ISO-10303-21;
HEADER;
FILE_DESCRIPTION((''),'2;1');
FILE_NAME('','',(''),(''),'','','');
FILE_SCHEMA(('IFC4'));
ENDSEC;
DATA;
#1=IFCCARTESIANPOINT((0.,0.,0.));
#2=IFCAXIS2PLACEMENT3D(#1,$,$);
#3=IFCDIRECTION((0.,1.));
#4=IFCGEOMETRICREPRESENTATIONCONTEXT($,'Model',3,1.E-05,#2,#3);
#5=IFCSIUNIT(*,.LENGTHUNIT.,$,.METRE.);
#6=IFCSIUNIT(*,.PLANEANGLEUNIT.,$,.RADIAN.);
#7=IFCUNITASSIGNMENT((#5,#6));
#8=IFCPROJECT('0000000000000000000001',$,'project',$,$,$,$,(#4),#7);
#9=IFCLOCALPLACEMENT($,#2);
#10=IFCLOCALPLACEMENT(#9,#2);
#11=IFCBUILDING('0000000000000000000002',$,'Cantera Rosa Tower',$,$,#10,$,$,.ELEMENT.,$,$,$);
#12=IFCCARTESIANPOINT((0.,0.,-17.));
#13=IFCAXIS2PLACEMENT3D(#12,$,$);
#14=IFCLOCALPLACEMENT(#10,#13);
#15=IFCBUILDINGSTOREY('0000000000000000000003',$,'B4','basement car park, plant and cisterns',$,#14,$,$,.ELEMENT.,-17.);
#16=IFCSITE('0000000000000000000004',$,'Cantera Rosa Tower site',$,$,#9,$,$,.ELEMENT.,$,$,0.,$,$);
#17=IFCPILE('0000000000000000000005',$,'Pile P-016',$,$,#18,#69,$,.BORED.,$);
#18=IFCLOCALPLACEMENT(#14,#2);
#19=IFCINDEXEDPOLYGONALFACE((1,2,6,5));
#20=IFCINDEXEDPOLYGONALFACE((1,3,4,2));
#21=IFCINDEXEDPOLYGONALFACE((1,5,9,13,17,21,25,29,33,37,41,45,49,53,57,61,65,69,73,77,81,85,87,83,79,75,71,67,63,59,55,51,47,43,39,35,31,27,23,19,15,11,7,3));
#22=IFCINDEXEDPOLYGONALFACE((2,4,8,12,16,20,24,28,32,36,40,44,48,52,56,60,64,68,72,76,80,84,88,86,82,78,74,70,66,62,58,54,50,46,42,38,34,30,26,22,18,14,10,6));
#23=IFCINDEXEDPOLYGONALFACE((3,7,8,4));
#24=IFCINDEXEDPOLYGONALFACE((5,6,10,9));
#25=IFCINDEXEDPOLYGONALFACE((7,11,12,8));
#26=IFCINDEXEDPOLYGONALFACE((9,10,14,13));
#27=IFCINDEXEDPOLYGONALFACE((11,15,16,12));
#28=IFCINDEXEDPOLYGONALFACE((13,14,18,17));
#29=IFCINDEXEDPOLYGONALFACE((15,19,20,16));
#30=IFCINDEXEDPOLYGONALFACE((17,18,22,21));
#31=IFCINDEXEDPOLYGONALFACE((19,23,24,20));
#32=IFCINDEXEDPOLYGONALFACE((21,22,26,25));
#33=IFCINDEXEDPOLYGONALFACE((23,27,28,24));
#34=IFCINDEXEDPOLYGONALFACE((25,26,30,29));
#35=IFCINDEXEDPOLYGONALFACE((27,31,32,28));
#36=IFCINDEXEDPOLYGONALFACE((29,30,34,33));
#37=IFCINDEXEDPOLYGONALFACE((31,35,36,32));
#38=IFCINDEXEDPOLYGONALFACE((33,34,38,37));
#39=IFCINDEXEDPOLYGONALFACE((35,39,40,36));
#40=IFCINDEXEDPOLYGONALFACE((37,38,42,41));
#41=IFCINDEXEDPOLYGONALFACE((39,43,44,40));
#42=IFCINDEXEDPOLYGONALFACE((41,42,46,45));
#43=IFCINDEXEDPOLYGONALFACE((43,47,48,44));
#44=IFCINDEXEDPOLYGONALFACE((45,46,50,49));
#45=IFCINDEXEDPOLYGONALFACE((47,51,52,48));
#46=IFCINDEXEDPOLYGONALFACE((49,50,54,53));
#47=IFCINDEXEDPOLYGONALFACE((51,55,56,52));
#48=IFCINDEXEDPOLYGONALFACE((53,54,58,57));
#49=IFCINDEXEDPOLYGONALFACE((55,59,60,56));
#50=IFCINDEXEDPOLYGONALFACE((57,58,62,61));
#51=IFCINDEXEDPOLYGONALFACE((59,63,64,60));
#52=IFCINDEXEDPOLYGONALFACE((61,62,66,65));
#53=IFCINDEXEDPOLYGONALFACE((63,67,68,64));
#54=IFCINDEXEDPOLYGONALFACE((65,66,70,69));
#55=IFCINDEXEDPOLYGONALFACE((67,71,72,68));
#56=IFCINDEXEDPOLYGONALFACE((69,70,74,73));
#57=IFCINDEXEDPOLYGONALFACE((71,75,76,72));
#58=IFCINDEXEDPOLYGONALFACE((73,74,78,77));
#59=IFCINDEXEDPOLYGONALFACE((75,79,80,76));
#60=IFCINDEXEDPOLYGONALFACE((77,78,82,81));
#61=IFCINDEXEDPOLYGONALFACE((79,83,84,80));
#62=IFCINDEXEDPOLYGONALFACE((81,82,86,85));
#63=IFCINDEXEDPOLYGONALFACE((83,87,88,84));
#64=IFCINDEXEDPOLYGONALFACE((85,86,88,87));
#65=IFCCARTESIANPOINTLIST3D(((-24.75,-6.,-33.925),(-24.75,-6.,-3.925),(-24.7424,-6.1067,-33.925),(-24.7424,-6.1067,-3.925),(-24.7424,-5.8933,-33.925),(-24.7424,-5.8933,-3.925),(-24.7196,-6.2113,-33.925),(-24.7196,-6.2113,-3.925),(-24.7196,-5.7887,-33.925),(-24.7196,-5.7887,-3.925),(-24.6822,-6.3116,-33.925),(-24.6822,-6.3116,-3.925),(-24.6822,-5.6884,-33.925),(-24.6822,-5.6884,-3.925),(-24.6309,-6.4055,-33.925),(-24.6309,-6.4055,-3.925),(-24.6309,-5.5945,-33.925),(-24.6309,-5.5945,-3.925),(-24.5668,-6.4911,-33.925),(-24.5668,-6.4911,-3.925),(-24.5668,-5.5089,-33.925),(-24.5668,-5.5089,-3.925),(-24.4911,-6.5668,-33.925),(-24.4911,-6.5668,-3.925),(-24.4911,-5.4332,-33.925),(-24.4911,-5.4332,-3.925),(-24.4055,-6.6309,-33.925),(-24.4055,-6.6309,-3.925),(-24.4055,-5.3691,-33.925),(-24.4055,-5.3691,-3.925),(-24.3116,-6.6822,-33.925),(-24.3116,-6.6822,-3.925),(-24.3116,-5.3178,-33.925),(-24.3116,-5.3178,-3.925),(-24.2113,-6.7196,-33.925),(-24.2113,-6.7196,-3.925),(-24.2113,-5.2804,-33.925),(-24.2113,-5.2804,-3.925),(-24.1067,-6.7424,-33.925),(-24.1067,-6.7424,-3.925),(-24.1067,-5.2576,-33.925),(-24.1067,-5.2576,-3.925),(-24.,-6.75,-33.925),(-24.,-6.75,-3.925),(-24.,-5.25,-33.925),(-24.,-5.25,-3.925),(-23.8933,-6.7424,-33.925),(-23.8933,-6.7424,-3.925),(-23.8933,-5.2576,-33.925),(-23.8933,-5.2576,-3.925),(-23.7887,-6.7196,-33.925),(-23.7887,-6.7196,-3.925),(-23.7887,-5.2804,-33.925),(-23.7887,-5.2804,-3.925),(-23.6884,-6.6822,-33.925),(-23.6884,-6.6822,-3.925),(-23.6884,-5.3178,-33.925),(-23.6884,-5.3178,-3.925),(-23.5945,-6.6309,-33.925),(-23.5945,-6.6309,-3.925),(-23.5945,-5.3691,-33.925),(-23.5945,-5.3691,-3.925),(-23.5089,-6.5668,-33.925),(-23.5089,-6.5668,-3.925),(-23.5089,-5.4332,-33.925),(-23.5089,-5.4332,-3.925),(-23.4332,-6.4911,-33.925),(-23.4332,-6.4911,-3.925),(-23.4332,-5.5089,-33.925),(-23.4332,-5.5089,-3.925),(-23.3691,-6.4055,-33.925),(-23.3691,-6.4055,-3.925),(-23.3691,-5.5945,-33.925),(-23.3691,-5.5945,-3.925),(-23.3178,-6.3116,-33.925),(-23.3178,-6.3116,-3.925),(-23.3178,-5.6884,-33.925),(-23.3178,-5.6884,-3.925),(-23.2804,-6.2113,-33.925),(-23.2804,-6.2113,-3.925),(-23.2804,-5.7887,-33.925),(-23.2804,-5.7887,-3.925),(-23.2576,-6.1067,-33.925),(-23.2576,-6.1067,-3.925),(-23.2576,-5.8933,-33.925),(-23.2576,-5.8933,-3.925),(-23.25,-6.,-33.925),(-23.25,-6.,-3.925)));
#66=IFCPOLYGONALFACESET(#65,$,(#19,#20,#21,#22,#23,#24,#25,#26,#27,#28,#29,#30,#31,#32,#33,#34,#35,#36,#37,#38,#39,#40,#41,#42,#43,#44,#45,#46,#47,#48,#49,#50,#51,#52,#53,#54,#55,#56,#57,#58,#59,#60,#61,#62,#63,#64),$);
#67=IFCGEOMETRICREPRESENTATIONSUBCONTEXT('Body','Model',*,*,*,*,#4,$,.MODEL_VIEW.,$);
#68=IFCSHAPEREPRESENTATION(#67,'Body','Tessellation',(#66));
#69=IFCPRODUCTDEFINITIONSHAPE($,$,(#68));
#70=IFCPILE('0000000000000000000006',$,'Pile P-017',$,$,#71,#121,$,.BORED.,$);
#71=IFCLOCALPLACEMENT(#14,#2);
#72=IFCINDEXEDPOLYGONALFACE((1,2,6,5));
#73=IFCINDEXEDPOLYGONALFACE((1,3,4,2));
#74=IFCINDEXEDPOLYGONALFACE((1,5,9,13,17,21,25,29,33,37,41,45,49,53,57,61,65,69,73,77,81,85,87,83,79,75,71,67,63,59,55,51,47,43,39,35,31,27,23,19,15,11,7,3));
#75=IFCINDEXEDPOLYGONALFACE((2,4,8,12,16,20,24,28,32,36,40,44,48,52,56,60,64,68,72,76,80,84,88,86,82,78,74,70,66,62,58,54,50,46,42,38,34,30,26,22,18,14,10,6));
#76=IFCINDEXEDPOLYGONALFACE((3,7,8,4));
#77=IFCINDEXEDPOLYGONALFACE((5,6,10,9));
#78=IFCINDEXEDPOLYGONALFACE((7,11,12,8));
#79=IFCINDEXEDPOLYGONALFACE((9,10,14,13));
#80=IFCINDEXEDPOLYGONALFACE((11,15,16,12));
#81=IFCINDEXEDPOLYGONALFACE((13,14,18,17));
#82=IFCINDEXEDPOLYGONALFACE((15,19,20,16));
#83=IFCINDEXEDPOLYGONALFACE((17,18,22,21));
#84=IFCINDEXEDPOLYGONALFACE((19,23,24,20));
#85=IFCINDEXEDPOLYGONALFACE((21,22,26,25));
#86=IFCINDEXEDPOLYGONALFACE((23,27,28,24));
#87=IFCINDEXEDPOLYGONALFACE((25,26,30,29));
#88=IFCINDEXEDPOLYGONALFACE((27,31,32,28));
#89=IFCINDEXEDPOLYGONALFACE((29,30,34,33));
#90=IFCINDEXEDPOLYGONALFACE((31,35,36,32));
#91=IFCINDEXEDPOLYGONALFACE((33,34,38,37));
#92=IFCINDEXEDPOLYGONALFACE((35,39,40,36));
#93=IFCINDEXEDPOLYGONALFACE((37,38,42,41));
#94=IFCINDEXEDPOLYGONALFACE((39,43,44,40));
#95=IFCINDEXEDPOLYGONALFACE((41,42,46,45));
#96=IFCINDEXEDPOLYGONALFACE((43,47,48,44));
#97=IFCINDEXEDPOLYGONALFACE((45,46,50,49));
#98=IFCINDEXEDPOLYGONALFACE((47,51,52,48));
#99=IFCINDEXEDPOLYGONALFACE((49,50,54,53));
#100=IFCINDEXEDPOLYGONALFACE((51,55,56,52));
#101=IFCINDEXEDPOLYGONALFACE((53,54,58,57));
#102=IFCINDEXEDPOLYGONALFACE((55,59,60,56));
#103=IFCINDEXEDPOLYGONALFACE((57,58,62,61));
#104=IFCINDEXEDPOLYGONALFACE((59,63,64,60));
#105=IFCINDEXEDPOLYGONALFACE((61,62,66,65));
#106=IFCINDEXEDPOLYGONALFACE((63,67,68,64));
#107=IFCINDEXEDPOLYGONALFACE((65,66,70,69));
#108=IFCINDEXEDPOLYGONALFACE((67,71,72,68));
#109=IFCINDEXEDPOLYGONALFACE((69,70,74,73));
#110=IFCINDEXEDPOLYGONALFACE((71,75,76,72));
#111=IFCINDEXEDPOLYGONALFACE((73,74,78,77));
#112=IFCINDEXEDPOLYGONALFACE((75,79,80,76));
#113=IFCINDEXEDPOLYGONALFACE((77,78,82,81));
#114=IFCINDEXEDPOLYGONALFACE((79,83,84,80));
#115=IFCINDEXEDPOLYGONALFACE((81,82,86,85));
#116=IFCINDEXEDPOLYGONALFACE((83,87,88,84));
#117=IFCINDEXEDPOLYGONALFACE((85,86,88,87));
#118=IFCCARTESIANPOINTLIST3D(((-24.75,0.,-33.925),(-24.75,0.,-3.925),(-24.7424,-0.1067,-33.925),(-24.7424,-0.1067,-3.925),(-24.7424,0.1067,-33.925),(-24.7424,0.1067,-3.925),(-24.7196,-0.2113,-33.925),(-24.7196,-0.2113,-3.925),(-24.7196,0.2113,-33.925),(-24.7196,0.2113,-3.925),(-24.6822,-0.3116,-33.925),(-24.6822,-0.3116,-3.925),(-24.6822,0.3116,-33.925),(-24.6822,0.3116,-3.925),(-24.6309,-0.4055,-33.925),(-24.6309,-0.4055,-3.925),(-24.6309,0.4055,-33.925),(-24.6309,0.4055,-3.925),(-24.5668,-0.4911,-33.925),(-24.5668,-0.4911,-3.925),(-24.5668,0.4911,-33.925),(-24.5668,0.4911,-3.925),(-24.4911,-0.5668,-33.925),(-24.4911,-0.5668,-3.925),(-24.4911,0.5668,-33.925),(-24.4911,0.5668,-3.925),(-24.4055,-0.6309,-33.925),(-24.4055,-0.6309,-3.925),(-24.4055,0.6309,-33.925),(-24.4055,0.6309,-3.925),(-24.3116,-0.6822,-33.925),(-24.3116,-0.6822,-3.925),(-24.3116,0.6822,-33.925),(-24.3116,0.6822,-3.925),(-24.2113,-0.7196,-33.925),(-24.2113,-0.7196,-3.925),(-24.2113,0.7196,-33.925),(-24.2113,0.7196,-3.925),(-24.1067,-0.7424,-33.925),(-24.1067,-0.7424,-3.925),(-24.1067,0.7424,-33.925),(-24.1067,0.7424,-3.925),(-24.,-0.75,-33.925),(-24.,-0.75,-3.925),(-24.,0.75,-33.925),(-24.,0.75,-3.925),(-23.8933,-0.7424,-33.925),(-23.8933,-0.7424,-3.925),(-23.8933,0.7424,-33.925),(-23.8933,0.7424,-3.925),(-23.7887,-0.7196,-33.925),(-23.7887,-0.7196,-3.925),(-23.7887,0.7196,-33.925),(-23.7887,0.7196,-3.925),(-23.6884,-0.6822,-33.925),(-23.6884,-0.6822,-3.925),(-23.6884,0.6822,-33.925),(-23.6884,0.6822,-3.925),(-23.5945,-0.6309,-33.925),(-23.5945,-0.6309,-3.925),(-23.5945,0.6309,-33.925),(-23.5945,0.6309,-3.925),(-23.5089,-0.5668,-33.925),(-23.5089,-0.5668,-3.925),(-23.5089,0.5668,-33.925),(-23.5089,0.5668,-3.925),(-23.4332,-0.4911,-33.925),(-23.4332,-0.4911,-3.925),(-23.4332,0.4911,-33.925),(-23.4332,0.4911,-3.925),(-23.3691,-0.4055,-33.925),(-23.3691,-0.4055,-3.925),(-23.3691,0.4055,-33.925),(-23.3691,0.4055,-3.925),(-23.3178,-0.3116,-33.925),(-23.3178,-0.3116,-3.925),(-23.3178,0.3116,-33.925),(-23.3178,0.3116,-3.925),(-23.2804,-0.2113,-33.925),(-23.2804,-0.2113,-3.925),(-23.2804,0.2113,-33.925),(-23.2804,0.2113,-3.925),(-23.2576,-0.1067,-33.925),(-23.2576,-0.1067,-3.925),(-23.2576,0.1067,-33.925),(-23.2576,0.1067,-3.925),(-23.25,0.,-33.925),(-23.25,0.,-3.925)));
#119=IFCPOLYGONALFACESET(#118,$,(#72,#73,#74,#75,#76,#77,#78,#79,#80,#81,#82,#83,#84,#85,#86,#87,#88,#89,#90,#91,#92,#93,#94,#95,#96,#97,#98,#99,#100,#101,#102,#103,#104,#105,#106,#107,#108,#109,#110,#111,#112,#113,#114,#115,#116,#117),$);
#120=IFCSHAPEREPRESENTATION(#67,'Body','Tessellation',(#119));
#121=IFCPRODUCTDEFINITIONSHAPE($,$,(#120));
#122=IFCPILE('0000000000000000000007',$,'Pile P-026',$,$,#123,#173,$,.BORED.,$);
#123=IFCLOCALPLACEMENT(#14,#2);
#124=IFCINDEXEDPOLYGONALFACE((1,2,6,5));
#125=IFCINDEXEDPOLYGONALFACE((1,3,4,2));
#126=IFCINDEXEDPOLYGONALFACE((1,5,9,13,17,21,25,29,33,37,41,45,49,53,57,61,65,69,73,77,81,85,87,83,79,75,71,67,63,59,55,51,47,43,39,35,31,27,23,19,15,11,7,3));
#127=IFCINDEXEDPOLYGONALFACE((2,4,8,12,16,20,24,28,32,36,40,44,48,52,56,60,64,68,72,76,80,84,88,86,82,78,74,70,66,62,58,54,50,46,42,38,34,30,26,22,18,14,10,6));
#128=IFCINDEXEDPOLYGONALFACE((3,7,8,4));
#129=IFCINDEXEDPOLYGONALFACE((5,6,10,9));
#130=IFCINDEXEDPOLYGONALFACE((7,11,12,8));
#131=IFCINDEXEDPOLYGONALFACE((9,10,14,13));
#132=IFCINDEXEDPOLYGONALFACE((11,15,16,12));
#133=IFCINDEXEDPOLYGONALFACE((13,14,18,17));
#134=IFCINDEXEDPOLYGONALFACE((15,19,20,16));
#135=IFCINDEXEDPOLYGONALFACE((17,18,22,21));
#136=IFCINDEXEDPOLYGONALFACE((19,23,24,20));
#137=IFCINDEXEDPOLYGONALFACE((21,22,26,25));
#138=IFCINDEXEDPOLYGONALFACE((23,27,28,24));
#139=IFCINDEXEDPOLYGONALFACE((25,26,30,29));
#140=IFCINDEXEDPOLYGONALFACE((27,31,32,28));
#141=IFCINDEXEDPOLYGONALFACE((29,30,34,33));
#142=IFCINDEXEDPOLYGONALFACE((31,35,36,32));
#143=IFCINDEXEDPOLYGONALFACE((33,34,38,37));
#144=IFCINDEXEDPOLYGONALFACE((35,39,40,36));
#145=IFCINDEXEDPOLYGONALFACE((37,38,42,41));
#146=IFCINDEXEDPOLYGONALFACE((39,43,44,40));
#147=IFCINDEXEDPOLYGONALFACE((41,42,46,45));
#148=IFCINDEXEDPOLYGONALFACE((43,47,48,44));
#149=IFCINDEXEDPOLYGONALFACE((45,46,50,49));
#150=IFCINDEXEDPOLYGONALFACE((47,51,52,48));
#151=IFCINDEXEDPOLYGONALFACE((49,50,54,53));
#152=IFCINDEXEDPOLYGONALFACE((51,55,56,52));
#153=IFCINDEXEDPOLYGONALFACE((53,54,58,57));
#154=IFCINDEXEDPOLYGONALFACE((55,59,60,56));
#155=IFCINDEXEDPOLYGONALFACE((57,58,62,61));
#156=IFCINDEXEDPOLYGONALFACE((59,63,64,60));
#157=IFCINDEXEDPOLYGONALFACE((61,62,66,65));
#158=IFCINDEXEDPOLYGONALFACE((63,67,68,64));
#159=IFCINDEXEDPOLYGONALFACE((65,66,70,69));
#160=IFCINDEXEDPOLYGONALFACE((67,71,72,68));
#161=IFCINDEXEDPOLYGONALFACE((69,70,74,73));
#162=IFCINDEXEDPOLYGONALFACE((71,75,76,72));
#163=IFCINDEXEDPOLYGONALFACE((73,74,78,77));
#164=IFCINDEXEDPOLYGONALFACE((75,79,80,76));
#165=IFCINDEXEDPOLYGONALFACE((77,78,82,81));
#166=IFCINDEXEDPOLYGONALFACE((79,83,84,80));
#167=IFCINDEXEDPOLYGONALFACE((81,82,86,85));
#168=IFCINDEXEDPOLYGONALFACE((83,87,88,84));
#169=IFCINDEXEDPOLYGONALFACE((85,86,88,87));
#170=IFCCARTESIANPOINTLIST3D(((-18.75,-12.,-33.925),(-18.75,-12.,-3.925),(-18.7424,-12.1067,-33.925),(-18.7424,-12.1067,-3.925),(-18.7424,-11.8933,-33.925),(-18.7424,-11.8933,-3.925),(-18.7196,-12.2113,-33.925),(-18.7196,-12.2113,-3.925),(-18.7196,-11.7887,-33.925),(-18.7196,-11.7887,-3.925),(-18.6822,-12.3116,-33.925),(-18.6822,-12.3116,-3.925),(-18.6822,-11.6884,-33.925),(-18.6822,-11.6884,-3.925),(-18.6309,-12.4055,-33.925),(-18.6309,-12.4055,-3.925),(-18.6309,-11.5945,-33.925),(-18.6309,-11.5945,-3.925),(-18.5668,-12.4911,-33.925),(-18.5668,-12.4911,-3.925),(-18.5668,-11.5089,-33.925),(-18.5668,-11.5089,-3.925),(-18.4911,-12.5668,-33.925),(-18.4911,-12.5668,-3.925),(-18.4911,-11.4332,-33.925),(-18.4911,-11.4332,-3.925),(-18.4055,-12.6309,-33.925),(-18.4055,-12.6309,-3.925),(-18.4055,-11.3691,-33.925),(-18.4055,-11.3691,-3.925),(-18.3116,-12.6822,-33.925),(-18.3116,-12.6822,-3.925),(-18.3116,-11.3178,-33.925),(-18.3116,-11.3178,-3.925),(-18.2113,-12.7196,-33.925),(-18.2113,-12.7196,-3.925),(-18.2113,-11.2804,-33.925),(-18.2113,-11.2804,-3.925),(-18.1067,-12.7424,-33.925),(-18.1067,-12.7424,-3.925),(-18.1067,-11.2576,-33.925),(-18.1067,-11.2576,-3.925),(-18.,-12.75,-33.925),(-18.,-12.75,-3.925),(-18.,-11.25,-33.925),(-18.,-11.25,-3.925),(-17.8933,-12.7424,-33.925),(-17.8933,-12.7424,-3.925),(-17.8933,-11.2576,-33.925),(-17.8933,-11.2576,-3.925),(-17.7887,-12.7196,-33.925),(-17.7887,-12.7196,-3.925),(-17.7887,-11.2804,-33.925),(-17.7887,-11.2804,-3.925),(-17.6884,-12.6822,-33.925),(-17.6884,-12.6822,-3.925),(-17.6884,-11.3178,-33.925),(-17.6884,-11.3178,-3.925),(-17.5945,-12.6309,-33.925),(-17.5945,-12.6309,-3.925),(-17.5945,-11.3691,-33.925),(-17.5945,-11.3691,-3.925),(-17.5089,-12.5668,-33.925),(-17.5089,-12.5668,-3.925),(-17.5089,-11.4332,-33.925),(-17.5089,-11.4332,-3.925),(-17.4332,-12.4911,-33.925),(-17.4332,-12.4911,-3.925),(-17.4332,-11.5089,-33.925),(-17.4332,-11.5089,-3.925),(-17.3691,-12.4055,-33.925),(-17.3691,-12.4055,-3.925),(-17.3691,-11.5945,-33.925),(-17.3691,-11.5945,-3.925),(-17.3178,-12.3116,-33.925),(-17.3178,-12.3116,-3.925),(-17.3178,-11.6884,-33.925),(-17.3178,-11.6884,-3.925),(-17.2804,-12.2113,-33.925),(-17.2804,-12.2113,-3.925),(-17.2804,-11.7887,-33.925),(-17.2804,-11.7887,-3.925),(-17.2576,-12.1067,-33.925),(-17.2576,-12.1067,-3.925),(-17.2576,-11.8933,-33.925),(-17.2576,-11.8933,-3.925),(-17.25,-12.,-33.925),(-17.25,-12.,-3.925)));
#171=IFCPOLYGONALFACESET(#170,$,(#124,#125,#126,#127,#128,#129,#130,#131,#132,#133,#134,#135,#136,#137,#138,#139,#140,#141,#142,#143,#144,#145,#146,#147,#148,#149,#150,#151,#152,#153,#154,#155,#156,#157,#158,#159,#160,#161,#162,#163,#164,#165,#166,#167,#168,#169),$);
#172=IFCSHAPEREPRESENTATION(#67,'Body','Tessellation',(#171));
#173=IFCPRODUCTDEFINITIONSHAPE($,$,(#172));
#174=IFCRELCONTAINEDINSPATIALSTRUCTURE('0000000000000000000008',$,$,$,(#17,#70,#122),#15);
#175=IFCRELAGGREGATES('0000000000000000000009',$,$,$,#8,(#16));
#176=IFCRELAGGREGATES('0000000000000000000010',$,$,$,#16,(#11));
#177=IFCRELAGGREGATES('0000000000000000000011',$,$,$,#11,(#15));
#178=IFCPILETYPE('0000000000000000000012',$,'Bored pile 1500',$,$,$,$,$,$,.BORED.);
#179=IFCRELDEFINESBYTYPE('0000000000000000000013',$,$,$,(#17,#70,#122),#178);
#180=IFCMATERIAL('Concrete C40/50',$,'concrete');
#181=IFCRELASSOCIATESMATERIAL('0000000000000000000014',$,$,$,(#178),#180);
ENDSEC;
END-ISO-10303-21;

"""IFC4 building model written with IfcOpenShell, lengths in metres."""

from ifc_helpers import new_model, si_unit, direction, frame, origin, origin_2d, place, context, subcontext, project, spatial, circle, extrude, material, material_profile, profile_set, type_object, element, save


model = new_model("IFC4")

# Units and contexts
model_context = context("Model", 3, precision=1e-05, world=origin(), true_north=direction((0.0, 1.0)))
body_context = subcontext(model_context, "Body", "Model", "MODEL_VIEW")
ifc_project = project(units=[si_unit("LENGTHUNIT", "METRE"), si_unit("PLANEANGLEUNIT", "RADIAN")], contexts=[model_context])

# Site, building, storey
site_placement = place(None, origin())
site = spatial("IfcSite", under=ifc_project, at=site_placement, Name="Cantera Rosa Tower site", CompositionType="ELEMENT", RefElevation=0.0)
building_placement = place(site_placement, origin())
building = spatial("IfcBuilding", under=site, at=building_placement, Name="Cantera Rosa Tower", CompositionType="ELEMENT")
storey_placement = place(building_placement, frame((0.0, 0.0, -17.0)))
storey = spatial("IfcBuildingStorey", under=building, at=storey_placement, Name="B4", Description="basement car park, plant and cisterns", CompositionType="ELEMENT", Elevation=-17.0)

# Piles
ifc_material_1 = material(Name="Concrete C40/50", Category="concrete")
ifc_material_profile_1 = material_profile(ifc_material_1, circle(Radius=0.75, at=origin_2d()), Name="Bored pile 1500")
ifc_profile_set_1 = profile_set([ifc_material_profile_1], Name="Concrete C40/50")
pile_type = type_object("IfcPileType", Name="Bored pile 1500", PredefinedType="BORED", material=ifc_profile_set_1)
for number, where, z_axis, x_axis, name in (
    (1, (-24.0, -6.0, -3.925), (0.0, 0.0, -1.0), (1.0, 0.0, 0.0), "Pile P-016"),
    (2, (-24.0, 0.0, -3.925), (0.0, 0.0, -1.0), (1.0, 0.0, 0.0), "Pile P-017"),
    (3, (-18.0, -12.0, -3.925), (0.0, 0.0, -1.0), (1.0, 0.0, 0.0), "Pile P-026"),
):
    element("IfcPile", number, at=place(storey_placement, frame(where, z_axis=z_axis, x_axis=x_axis)), inside=storey, type_object=pile_type, Name=name, PredefinedType="BORED", context=body_context, shape_type="SweptSolid", body=[
        extrude(circle(Radius=0.75, at=origin_2d()), origin(), (0.0, 0.0, 1.0), 30.0),
    ])

save(model, "model.ifc")
